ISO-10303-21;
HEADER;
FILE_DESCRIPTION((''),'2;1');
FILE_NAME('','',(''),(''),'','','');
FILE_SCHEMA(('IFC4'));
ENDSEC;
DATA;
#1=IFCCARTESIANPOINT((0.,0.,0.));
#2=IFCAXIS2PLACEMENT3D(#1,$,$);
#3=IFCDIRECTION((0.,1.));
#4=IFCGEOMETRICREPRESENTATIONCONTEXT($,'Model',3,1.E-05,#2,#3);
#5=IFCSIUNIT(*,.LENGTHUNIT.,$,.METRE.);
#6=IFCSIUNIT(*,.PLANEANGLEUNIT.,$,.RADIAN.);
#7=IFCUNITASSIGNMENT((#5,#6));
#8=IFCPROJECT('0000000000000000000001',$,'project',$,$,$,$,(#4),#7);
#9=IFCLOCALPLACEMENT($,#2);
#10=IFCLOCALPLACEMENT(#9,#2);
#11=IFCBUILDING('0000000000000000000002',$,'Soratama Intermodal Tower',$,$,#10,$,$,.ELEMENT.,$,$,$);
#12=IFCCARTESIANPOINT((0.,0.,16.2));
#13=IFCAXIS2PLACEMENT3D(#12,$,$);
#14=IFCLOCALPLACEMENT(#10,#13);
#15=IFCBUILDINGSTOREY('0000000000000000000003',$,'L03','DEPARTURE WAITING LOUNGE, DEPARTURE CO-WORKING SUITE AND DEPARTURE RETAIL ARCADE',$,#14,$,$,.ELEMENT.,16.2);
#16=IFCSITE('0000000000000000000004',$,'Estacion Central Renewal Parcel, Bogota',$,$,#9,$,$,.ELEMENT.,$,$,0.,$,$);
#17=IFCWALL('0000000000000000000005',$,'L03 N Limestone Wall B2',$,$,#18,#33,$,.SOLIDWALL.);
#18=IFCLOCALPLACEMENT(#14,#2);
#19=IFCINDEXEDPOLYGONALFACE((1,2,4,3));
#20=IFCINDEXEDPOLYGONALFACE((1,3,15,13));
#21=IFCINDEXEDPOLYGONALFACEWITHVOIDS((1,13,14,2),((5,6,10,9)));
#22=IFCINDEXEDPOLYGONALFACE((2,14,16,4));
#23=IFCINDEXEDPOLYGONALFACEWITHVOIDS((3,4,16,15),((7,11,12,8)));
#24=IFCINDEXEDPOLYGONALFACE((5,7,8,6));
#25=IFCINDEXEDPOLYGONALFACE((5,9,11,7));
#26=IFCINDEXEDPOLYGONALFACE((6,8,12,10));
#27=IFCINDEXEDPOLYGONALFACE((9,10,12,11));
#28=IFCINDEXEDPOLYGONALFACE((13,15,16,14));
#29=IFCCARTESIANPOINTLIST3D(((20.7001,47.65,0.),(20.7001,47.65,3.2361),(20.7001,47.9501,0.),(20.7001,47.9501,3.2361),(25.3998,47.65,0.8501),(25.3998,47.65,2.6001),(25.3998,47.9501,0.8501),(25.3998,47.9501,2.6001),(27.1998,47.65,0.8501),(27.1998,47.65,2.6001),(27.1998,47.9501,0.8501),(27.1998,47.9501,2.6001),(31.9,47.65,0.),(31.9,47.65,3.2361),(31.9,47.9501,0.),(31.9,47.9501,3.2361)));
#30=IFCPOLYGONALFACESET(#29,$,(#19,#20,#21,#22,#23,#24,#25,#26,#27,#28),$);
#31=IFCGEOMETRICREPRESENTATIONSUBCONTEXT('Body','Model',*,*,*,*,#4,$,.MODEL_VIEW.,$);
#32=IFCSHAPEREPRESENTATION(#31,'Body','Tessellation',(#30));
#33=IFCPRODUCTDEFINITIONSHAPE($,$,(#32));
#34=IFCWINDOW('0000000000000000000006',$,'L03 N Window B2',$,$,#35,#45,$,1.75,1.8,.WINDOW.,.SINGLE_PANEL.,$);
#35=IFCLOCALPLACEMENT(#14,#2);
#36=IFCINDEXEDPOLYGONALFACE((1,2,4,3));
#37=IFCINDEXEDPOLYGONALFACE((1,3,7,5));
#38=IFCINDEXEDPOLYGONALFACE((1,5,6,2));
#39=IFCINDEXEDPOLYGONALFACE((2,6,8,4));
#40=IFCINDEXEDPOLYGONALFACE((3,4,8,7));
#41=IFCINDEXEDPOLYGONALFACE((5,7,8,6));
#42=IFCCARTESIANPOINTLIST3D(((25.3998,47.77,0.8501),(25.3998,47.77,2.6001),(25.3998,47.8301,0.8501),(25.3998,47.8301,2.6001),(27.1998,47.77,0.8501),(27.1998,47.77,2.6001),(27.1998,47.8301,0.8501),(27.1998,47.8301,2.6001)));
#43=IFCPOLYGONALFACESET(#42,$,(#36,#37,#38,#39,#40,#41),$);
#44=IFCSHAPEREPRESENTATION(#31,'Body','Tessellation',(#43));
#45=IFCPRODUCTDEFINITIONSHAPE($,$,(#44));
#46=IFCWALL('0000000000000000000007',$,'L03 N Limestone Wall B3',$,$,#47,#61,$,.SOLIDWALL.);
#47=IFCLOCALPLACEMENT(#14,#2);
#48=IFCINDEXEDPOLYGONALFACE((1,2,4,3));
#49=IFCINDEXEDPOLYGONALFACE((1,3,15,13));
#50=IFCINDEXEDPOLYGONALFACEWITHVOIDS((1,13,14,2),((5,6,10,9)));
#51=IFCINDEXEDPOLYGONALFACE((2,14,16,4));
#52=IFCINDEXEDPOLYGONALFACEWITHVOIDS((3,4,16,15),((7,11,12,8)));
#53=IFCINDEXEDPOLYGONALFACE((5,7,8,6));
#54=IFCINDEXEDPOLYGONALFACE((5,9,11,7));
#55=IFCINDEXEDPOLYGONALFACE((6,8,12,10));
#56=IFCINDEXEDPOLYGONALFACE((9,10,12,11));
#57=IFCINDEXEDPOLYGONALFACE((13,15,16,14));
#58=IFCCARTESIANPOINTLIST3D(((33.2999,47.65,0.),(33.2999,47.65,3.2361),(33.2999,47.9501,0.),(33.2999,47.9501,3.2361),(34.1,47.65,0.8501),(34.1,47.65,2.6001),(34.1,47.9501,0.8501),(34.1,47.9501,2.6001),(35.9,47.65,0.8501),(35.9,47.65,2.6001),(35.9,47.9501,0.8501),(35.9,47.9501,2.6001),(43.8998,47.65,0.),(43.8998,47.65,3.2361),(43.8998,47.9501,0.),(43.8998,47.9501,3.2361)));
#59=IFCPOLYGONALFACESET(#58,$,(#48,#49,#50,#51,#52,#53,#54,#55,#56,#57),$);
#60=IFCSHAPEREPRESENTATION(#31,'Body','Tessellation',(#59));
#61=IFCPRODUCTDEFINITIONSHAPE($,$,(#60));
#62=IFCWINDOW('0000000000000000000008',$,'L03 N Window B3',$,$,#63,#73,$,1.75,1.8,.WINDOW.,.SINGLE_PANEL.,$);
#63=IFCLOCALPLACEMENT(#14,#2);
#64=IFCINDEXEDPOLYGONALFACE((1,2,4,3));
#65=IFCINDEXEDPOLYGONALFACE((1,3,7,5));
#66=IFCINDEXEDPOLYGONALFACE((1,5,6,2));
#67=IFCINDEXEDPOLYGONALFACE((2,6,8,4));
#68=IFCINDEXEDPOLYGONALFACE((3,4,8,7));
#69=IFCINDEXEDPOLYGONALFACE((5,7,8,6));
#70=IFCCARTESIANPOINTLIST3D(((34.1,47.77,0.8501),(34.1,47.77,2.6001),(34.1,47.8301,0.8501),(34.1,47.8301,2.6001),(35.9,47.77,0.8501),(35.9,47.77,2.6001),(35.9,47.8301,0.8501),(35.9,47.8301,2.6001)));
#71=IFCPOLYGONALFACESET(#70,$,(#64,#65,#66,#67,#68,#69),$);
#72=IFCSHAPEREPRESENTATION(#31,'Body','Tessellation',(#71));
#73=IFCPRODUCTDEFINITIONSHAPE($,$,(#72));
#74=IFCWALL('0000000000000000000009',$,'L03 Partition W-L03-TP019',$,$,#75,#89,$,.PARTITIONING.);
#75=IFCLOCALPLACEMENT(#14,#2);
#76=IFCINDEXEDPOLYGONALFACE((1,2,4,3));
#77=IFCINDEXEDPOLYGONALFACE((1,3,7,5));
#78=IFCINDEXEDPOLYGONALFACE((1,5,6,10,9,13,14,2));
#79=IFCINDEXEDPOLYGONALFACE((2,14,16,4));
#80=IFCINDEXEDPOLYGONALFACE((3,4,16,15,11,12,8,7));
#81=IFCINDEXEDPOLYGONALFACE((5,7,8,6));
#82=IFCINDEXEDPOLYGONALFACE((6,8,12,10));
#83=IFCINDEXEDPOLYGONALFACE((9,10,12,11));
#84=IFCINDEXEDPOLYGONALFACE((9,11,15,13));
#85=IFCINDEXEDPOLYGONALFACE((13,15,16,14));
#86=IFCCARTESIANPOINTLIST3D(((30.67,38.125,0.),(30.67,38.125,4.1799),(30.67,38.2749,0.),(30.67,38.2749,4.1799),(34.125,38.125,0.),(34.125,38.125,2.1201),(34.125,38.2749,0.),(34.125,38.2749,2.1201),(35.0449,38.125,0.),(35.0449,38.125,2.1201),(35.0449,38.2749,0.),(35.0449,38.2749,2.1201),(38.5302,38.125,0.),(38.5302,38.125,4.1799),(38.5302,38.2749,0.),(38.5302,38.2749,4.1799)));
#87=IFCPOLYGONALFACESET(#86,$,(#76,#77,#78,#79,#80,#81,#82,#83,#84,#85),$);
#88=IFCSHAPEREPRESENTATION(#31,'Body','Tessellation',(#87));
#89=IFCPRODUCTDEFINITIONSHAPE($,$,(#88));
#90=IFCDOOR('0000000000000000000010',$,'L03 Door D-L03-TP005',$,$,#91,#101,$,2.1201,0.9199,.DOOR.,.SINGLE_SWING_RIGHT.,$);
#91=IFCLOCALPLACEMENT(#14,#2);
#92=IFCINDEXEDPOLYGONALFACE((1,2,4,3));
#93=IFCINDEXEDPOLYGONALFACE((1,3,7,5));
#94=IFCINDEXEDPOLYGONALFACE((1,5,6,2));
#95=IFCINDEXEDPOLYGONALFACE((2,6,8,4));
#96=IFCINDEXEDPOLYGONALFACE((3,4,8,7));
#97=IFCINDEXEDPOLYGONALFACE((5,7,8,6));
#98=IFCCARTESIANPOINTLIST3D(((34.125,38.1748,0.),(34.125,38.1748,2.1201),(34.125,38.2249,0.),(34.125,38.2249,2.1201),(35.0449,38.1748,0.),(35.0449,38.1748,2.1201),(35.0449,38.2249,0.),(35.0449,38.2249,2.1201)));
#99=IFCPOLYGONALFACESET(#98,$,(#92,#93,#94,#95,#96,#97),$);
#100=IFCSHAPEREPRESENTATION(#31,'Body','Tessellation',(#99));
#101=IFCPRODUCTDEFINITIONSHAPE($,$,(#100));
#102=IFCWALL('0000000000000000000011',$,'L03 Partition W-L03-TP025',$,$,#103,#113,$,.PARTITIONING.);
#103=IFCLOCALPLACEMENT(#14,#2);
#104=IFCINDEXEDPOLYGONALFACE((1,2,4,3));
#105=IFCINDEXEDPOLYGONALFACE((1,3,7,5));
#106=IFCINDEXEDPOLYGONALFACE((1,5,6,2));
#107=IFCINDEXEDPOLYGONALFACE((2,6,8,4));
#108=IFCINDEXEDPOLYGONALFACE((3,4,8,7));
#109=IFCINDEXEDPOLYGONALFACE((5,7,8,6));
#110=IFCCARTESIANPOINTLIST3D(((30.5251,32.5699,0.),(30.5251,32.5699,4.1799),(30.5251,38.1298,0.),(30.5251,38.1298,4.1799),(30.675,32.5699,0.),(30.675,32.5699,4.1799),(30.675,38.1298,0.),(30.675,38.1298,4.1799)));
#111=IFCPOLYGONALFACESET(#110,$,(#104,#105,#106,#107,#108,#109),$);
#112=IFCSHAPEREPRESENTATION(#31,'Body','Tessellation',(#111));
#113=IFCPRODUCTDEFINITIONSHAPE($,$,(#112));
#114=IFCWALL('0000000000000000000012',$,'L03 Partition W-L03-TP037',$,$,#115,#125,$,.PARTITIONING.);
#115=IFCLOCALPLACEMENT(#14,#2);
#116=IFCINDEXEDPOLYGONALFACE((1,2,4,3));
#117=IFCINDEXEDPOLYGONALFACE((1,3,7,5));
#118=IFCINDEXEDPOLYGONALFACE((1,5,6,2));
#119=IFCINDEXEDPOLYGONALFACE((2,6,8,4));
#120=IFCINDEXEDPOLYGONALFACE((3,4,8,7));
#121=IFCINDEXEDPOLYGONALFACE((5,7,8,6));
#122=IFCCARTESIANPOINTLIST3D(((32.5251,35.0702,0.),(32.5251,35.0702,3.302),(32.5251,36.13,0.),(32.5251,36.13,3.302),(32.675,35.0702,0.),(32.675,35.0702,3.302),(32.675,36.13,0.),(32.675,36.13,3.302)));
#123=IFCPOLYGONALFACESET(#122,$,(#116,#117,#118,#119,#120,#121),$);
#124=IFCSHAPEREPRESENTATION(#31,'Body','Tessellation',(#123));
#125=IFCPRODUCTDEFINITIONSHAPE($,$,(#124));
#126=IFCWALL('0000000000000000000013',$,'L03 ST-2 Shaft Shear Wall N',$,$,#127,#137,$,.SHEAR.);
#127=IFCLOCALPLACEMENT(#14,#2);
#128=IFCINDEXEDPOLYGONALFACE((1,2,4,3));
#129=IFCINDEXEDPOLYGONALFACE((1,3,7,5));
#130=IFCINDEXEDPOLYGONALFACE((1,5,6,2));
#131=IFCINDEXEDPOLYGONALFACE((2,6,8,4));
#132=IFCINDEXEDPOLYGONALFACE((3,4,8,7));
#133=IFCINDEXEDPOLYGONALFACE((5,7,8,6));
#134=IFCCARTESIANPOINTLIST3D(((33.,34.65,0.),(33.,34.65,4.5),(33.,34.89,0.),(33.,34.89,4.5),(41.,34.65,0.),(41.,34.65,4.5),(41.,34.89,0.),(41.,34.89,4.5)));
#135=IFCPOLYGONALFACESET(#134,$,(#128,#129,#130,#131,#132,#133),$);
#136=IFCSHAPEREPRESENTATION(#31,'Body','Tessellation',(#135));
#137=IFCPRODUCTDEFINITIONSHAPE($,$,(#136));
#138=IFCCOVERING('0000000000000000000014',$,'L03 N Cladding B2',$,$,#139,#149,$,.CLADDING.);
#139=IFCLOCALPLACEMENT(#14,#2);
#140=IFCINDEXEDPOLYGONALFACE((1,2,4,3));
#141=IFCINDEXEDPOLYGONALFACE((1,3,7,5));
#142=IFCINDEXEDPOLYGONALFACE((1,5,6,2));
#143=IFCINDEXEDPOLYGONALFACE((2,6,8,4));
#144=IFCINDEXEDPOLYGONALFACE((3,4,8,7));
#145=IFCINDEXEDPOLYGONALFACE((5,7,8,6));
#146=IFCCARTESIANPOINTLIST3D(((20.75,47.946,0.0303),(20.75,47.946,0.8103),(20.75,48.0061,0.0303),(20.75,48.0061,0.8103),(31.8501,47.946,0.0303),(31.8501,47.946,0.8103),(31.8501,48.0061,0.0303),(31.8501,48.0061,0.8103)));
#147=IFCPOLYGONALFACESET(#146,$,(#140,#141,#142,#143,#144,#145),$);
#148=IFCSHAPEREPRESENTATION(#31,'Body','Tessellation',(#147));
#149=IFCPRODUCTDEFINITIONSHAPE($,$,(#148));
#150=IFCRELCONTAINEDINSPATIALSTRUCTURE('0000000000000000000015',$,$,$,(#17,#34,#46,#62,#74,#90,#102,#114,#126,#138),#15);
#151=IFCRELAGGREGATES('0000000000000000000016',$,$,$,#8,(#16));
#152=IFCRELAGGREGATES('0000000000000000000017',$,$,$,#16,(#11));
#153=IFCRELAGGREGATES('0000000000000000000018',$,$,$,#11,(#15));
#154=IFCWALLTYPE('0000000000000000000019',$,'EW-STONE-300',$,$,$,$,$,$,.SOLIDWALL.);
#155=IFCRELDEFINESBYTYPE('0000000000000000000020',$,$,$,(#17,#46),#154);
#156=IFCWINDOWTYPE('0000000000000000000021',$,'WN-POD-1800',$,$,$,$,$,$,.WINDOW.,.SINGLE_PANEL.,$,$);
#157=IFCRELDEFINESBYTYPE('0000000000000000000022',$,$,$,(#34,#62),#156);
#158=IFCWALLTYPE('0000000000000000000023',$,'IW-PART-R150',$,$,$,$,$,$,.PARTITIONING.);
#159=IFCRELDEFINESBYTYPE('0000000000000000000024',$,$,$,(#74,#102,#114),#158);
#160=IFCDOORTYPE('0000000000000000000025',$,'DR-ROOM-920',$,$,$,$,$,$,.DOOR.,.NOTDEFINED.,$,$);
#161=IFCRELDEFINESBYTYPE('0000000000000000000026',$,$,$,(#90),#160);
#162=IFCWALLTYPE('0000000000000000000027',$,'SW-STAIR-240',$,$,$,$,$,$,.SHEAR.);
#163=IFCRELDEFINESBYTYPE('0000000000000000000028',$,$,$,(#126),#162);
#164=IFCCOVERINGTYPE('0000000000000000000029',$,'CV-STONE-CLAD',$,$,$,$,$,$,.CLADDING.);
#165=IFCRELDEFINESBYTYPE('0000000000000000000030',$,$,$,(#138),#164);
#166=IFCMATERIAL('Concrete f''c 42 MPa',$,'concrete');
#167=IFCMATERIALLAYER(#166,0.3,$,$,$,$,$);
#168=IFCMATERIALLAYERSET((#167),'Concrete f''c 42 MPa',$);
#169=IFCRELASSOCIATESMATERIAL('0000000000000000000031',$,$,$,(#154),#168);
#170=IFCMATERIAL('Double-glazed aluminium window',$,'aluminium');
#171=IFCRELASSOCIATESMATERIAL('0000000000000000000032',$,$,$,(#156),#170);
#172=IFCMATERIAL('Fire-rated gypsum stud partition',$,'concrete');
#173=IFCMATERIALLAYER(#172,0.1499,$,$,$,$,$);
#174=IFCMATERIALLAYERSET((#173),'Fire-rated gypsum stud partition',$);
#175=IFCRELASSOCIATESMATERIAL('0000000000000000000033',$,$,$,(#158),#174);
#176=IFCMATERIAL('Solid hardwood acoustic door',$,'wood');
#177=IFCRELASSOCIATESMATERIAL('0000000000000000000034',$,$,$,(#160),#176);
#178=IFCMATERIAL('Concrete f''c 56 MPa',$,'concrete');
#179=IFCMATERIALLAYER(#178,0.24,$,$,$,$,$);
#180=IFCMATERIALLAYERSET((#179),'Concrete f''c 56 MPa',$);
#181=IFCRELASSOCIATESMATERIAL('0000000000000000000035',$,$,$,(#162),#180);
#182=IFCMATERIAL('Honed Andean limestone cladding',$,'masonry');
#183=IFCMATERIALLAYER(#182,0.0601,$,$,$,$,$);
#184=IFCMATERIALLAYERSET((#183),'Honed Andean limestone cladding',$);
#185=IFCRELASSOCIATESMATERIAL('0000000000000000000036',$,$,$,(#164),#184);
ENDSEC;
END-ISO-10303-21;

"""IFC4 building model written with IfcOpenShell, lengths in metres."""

from ifc_helpers import new_model, si_unit, direction, frame, frame_2d, origin, origin_2d, place, context, subcontext, project, spatial, rectangle, extrude, material, layer, layer_set, type_object, element, fill, save


model = new_model("IFC4")

# Units and contexts
model_context = context("Model", 3, precision=1e-05, world=origin(), true_north=direction((0.0, 1.0)))
body_context = subcontext(model_context, "Body", "Model", "MODEL_VIEW")
ifc_project = project(units=[si_unit("LENGTHUNIT", "METRE"), si_unit("PLANEANGLEUNIT", "RADIAN")], contexts=[model_context])

# Site, building, storey
site_placement = place(None, origin())
site = spatial("IfcSite", under=ifc_project, at=site_placement, Name="Estacion Central Renewal Parcel, Bogota", CompositionType="ELEMENT", RefElevation=0.0)
building_placement = place(site_placement, origin())
building = spatial("IfcBuilding", under=site, at=building_placement, Name="Soratama Intermodal Tower", CompositionType="ELEMENT")
storey_placement = place(building_placement, frame((0.0, 0.0, 16.2)))
storey = spatial("IfcBuildingStorey", under=building, at=storey_placement, Name="L03", Description="DEPARTURE WAITING LOUNGE, DEPARTURE CO-WORKING SUITE AND DEPARTURE RETAIL ARCADE", CompositionType="ELEMENT", Elevation=16.2)

# Walls, openings, windows
ifc_material_1 = material(Name="Concrete f'c 42 MPa", Category="concrete")
ifc_layer_1 = layer(ifc_material_1, 0.3)
ifc_layer_set_1 = layer_set([ifc_layer_1], Name="Concrete f'c 42 MPa")
wall_type_1 = type_object("IfcWallType", Name="EW-STONE-300", PredefinedType="SOLIDWALL", material=ifc_layer_set_1)
wall_1_placement = place(storey_placement, frame((20.7, 47.8, 0.0), z_axis=(0.0, 0.0, 1.0), x_axis=(1.0, 0.0, 0.0)))
wall_1 = element("IfcWall", 1, at=wall_1_placement, inside=storey, type_object=wall_type_1, Name="L03 N Limestone Wall B2", PredefinedType="SOLIDWALL", context=body_context, shape_type="SweptSolid", body=[
    extrude(rectangle(XDim=11.2, YDim=0.3, at=frame_2d((5.6001, 0.0))), origin(), (0.0, 0.0, 1.0), 3.2361),
])
opening_1_placement = place(wall_1_placement, frame((4.7, 0.0, 0.8501)))
opening_1 = element("IfcOpeningElement", 2, at=opening_1_placement, cuts=wall_1, PredefinedType="OPENING", context=body_context, shape_type="SweptSolid", body=[
    extrude(rectangle(XDim=1.8, YDim=1.75, at=frame_2d((0.8999, 0.875))), frame((0.0, 0.1599, 0.0), z_axis=(0.0, -1.0, 0.0), x_axis=(1.0, 0.0, 0.0)), (0.0, 0.0, 1.0), 0.3201),
])
ifc_material_2 = material(Name="Double-glazed aluminium window", Category="aluminium")
window_type = type_object("IfcWindowType", Name="WN-POD-1800", PartitioningType="SINGLE_PANEL", PredefinedType="WINDOW", material=ifc_material_2)
window_1_placement = place(opening_1_placement, origin())
window_1 = element("IfcWindow", 3, at=window_1_placement, inside=storey, type_object=window_type, Name="L03 N Window B2", OverallHeight=1.75, OverallWidth=1.8, PartitioningType="SINGLE_PANEL", PredefinedType="WINDOW", context=body_context, shape_type="SweptSolid", body=[
    extrude(rectangle(XDim=1.8, YDim=1.75, at=frame_2d((0.8999, 0.875))), frame((0.0, 0.03, 0.0), z_axis=(0.0, -1.0, 0.0), x_axis=(1.0, 0.0, 0.0)), (0.0, 0.0, 1.0), 0.0601),
])
fill(opening_1, window_1)
wall_2_placement = place(storey_placement, frame((33.3, 47.8, 0.0), z_axis=(0.0, 0.0, 1.0), x_axis=(1.0, 0.0, 0.0)))
wall_2 = element("IfcWall", 4, at=wall_2_placement, inside=storey, type_object=wall_type_1, Name="L03 N Limestone Wall B3", PredefinedType="SOLIDWALL", context=body_context, shape_type="SweptSolid", body=[
    extrude(rectangle(XDim=10.5999, YDim=0.3, at=frame_2d((5.2998, 0.0))), origin(), (0.0, 0.0, 1.0), 3.2361),
])
opening_2_placement = place(wall_2_placement, frame((0.8, 0.0, 0.8501)))
opening_2 = element("IfcOpeningElement", 5, at=opening_2_placement, cuts=wall_2, PredefinedType="OPENING", context=body_context, shape_type="SweptSolid", body=[
    extrude(rectangle(XDim=1.8, YDim=1.75, at=frame_2d((0.8999, 0.875))), frame((0.0, 0.1599, 0.0), z_axis=(0.0, -1.0, 0.0), x_axis=(1.0, 0.0, 0.0)), (0.0, 0.0, 1.0), 0.3201),
])
window_2_placement = place(opening_2_placement, origin())
window_2 = element("IfcWindow", 6, at=window_2_placement, inside=storey, type_object=window_type, Name="L03 N Window B3", OverallHeight=1.75, OverallWidth=1.8, PartitioningType="SINGLE_PANEL", PredefinedType="WINDOW", context=body_context, shape_type="SweptSolid", body=[
    extrude(rectangle(XDim=1.8, YDim=1.75, at=frame_2d((0.8999, 0.875))), frame((0.0, 0.03, 0.0), z_axis=(0.0, -1.0, 0.0), x_axis=(1.0, 0.0, 0.0)), (0.0, 0.0, 1.0), 0.0601),
])
fill(opening_2, window_2)

# Wall, opening, door
ifc_material_3 = material(Name="Fire-rated gypsum stud partition", Category="concrete")
ifc_layer_2 = layer(ifc_material_3, 0.1499)
ifc_layer_set_2 = layer_set([ifc_layer_2], Name="Fire-rated gypsum stud partition")
wall_type_2 = type_object("IfcWallType", Name="IW-PART-R150", PredefinedType="PARTITIONING", material=ifc_layer_set_2)
wall_3_placement = place(storey_placement, frame((30.6699, 38.2, 0.0), z_axis=(0.0, 0.0, 1.0), x_axis=(1.0, 0.0, 0.0)))
wall_3 = element("IfcWall", 7, at=wall_3_placement, inside=storey, type_object=wall_type_2, Name="L03 Partition W-L03-TP019", PredefinedType="PARTITIONING", context=body_context, shape_type="SweptSolid", body=[
    extrude(rectangle(XDim=7.8601, YDim=0.1499, at=frame_2d((3.9302, 0.0))), origin(), (0.0, 0.0, 1.0), 4.1799),
])
opening_3_placement = place(wall_3_placement, frame((3.4551, 0.0, 0.0)))
opening_3 = element("IfcOpeningElement", 8, at=opening_3_placement, cuts=wall_3, PredefinedType="OPENING", context=body_context, shape_type="SweptSolid", body=[
    extrude(rectangle(XDim=0.9199, YDim=2.1201, at=frame_2d((0.46, 1.0601))), frame((0.0, 0.085, 0.0), z_axis=(0.0, -1.0, 0.0), x_axis=(1.0, 0.0, 0.0)), (0.0, 0.0, 1.0), 0.1699),
])
ifc_material_4 = material(Name="Solid hardwood acoustic door", Category="wood")
door_type = type_object("IfcDoorType", Name="DR-ROOM-920", OperationType="NOTDEFINED", PredefinedType="DOOR", material=ifc_material_4)
door_placement = place(opening_3_placement, origin())
door = element("IfcDoor", 9, at=door_placement, inside=storey, type_object=door_type, Name="L03 Door D-L03-TP005", OperationType="SINGLE_SWING_RIGHT", OverallHeight=2.1201, OverallWidth=0.9199, PredefinedType="DOOR", context=body_context, shape_type="SweptSolid", body=[
    extrude(rectangle(XDim=0.9199, YDim=2.1201, at=frame_2d((0.46, 1.0601))), frame((0.0, 0.0249, 0.0), z_axis=(0.0, -1.0, 0.0), x_axis=(1.0, 0.0, 0.0)), (0.0, 0.0, 1.0), 0.05),
])
fill(opening_3, door)

# Walls
wall_4_placement = place(storey_placement, frame((30.6001, 32.5701, 0.0), z_axis=(0.0, 0.0, 1.0), x_axis=(0.0, 1.0, 0.0)))
element("IfcWall", 10, at=wall_4_placement, inside=storey, type_object=wall_type_2, Name="L03 Partition W-L03-TP025", PredefinedType="PARTITIONING", context=body_context, shape_type="SweptSolid", body=[
    extrude(rectangle(XDim=5.5598, YDim=0.1499, at=frame_2d((2.7798, 0.0))), origin(), (0.0, 0.0, 1.0), 4.1799),
])
wall_5_placement = place(storey_placement, frame((32.6001, 36.1299, 0.0), z_axis=(0.0, 0.0, 1.0), x_axis=(0.0, -1.0, 0.0)))
element("IfcWall", 11, at=wall_5_placement, inside=storey, type_object=wall_type_2, Name="L03 Partition W-L03-TP037", PredefinedType="PARTITIONING", context=body_context, shape_type="SweptSolid", body=[
    extrude(rectangle(XDim=1.0598, YDim=0.1499, at=frame_2d((0.5298, 0.0))), origin(), (0.0, 0.0, 1.0), 3.302),
])
ifc_material_5 = material(Name="Concrete f'c 56 MPa", Category="concrete")
ifc_layer_3 = layer(ifc_material_5, 0.24)
ifc_layer_set_3 = layer_set([ifc_layer_3], Name="Concrete f'c 56 MPa")
wall_type_3 = type_object("IfcWallType", Name="SW-STAIR-240", PredefinedType="SHEAR", material=ifc_layer_set_3)
wall_6_placement = place(storey_placement, frame((33.0, 34.77, 0.0), z_axis=(0.0, 0.0, 1.0), x_axis=(1.0, 0.0, 0.0)))
element("IfcWall", 12, at=wall_6_placement, inside=storey, type_object=wall_type_3, Name="L03 ST-2 Shaft Shear Wall N", PredefinedType="SHEAR", context=body_context, shape_type="SweptSolid", body=[
    extrude(rectangle(XDim=8.0, YDim=0.24, at=frame_2d((4.0, 0.0))), origin(), (0.0, 0.0, 1.0), 4.5),
])

# Covering
ifc_material_6 = material(Name="Honed Andean limestone cladding", Category="masonry")
ifc_layer_4 = layer(ifc_material_6, 0.0601)
ifc_layer_set_4 = layer_set([ifc_layer_4], Name="Honed Andean limestone cladding")
covering_type = type_object("IfcCoveringType", Name="CV-STONE-CLAD", PredefinedType="CLADDING", material=ifc_layer_set_4)
covering_placement = place(storey_placement, frame((26.3, 47.9761, 0.0303), z_axis=(0.0, 0.0, 1.0), x_axis=(1.0, 0.0, 0.0)))
element("IfcCovering", 13, at=covering_placement, inside=storey, type_object=covering_type, Name="L03 N Cladding B2", PredefinedType="CLADDING", context=body_context, shape_type="SweptSolid", body=[
    extrude(rectangle(XDim=11.1001, YDim=0.0601, at=origin_2d()), origin(), (0.0, 0.0, 1.0), 0.78),
])

save(model, "model.ifc")
